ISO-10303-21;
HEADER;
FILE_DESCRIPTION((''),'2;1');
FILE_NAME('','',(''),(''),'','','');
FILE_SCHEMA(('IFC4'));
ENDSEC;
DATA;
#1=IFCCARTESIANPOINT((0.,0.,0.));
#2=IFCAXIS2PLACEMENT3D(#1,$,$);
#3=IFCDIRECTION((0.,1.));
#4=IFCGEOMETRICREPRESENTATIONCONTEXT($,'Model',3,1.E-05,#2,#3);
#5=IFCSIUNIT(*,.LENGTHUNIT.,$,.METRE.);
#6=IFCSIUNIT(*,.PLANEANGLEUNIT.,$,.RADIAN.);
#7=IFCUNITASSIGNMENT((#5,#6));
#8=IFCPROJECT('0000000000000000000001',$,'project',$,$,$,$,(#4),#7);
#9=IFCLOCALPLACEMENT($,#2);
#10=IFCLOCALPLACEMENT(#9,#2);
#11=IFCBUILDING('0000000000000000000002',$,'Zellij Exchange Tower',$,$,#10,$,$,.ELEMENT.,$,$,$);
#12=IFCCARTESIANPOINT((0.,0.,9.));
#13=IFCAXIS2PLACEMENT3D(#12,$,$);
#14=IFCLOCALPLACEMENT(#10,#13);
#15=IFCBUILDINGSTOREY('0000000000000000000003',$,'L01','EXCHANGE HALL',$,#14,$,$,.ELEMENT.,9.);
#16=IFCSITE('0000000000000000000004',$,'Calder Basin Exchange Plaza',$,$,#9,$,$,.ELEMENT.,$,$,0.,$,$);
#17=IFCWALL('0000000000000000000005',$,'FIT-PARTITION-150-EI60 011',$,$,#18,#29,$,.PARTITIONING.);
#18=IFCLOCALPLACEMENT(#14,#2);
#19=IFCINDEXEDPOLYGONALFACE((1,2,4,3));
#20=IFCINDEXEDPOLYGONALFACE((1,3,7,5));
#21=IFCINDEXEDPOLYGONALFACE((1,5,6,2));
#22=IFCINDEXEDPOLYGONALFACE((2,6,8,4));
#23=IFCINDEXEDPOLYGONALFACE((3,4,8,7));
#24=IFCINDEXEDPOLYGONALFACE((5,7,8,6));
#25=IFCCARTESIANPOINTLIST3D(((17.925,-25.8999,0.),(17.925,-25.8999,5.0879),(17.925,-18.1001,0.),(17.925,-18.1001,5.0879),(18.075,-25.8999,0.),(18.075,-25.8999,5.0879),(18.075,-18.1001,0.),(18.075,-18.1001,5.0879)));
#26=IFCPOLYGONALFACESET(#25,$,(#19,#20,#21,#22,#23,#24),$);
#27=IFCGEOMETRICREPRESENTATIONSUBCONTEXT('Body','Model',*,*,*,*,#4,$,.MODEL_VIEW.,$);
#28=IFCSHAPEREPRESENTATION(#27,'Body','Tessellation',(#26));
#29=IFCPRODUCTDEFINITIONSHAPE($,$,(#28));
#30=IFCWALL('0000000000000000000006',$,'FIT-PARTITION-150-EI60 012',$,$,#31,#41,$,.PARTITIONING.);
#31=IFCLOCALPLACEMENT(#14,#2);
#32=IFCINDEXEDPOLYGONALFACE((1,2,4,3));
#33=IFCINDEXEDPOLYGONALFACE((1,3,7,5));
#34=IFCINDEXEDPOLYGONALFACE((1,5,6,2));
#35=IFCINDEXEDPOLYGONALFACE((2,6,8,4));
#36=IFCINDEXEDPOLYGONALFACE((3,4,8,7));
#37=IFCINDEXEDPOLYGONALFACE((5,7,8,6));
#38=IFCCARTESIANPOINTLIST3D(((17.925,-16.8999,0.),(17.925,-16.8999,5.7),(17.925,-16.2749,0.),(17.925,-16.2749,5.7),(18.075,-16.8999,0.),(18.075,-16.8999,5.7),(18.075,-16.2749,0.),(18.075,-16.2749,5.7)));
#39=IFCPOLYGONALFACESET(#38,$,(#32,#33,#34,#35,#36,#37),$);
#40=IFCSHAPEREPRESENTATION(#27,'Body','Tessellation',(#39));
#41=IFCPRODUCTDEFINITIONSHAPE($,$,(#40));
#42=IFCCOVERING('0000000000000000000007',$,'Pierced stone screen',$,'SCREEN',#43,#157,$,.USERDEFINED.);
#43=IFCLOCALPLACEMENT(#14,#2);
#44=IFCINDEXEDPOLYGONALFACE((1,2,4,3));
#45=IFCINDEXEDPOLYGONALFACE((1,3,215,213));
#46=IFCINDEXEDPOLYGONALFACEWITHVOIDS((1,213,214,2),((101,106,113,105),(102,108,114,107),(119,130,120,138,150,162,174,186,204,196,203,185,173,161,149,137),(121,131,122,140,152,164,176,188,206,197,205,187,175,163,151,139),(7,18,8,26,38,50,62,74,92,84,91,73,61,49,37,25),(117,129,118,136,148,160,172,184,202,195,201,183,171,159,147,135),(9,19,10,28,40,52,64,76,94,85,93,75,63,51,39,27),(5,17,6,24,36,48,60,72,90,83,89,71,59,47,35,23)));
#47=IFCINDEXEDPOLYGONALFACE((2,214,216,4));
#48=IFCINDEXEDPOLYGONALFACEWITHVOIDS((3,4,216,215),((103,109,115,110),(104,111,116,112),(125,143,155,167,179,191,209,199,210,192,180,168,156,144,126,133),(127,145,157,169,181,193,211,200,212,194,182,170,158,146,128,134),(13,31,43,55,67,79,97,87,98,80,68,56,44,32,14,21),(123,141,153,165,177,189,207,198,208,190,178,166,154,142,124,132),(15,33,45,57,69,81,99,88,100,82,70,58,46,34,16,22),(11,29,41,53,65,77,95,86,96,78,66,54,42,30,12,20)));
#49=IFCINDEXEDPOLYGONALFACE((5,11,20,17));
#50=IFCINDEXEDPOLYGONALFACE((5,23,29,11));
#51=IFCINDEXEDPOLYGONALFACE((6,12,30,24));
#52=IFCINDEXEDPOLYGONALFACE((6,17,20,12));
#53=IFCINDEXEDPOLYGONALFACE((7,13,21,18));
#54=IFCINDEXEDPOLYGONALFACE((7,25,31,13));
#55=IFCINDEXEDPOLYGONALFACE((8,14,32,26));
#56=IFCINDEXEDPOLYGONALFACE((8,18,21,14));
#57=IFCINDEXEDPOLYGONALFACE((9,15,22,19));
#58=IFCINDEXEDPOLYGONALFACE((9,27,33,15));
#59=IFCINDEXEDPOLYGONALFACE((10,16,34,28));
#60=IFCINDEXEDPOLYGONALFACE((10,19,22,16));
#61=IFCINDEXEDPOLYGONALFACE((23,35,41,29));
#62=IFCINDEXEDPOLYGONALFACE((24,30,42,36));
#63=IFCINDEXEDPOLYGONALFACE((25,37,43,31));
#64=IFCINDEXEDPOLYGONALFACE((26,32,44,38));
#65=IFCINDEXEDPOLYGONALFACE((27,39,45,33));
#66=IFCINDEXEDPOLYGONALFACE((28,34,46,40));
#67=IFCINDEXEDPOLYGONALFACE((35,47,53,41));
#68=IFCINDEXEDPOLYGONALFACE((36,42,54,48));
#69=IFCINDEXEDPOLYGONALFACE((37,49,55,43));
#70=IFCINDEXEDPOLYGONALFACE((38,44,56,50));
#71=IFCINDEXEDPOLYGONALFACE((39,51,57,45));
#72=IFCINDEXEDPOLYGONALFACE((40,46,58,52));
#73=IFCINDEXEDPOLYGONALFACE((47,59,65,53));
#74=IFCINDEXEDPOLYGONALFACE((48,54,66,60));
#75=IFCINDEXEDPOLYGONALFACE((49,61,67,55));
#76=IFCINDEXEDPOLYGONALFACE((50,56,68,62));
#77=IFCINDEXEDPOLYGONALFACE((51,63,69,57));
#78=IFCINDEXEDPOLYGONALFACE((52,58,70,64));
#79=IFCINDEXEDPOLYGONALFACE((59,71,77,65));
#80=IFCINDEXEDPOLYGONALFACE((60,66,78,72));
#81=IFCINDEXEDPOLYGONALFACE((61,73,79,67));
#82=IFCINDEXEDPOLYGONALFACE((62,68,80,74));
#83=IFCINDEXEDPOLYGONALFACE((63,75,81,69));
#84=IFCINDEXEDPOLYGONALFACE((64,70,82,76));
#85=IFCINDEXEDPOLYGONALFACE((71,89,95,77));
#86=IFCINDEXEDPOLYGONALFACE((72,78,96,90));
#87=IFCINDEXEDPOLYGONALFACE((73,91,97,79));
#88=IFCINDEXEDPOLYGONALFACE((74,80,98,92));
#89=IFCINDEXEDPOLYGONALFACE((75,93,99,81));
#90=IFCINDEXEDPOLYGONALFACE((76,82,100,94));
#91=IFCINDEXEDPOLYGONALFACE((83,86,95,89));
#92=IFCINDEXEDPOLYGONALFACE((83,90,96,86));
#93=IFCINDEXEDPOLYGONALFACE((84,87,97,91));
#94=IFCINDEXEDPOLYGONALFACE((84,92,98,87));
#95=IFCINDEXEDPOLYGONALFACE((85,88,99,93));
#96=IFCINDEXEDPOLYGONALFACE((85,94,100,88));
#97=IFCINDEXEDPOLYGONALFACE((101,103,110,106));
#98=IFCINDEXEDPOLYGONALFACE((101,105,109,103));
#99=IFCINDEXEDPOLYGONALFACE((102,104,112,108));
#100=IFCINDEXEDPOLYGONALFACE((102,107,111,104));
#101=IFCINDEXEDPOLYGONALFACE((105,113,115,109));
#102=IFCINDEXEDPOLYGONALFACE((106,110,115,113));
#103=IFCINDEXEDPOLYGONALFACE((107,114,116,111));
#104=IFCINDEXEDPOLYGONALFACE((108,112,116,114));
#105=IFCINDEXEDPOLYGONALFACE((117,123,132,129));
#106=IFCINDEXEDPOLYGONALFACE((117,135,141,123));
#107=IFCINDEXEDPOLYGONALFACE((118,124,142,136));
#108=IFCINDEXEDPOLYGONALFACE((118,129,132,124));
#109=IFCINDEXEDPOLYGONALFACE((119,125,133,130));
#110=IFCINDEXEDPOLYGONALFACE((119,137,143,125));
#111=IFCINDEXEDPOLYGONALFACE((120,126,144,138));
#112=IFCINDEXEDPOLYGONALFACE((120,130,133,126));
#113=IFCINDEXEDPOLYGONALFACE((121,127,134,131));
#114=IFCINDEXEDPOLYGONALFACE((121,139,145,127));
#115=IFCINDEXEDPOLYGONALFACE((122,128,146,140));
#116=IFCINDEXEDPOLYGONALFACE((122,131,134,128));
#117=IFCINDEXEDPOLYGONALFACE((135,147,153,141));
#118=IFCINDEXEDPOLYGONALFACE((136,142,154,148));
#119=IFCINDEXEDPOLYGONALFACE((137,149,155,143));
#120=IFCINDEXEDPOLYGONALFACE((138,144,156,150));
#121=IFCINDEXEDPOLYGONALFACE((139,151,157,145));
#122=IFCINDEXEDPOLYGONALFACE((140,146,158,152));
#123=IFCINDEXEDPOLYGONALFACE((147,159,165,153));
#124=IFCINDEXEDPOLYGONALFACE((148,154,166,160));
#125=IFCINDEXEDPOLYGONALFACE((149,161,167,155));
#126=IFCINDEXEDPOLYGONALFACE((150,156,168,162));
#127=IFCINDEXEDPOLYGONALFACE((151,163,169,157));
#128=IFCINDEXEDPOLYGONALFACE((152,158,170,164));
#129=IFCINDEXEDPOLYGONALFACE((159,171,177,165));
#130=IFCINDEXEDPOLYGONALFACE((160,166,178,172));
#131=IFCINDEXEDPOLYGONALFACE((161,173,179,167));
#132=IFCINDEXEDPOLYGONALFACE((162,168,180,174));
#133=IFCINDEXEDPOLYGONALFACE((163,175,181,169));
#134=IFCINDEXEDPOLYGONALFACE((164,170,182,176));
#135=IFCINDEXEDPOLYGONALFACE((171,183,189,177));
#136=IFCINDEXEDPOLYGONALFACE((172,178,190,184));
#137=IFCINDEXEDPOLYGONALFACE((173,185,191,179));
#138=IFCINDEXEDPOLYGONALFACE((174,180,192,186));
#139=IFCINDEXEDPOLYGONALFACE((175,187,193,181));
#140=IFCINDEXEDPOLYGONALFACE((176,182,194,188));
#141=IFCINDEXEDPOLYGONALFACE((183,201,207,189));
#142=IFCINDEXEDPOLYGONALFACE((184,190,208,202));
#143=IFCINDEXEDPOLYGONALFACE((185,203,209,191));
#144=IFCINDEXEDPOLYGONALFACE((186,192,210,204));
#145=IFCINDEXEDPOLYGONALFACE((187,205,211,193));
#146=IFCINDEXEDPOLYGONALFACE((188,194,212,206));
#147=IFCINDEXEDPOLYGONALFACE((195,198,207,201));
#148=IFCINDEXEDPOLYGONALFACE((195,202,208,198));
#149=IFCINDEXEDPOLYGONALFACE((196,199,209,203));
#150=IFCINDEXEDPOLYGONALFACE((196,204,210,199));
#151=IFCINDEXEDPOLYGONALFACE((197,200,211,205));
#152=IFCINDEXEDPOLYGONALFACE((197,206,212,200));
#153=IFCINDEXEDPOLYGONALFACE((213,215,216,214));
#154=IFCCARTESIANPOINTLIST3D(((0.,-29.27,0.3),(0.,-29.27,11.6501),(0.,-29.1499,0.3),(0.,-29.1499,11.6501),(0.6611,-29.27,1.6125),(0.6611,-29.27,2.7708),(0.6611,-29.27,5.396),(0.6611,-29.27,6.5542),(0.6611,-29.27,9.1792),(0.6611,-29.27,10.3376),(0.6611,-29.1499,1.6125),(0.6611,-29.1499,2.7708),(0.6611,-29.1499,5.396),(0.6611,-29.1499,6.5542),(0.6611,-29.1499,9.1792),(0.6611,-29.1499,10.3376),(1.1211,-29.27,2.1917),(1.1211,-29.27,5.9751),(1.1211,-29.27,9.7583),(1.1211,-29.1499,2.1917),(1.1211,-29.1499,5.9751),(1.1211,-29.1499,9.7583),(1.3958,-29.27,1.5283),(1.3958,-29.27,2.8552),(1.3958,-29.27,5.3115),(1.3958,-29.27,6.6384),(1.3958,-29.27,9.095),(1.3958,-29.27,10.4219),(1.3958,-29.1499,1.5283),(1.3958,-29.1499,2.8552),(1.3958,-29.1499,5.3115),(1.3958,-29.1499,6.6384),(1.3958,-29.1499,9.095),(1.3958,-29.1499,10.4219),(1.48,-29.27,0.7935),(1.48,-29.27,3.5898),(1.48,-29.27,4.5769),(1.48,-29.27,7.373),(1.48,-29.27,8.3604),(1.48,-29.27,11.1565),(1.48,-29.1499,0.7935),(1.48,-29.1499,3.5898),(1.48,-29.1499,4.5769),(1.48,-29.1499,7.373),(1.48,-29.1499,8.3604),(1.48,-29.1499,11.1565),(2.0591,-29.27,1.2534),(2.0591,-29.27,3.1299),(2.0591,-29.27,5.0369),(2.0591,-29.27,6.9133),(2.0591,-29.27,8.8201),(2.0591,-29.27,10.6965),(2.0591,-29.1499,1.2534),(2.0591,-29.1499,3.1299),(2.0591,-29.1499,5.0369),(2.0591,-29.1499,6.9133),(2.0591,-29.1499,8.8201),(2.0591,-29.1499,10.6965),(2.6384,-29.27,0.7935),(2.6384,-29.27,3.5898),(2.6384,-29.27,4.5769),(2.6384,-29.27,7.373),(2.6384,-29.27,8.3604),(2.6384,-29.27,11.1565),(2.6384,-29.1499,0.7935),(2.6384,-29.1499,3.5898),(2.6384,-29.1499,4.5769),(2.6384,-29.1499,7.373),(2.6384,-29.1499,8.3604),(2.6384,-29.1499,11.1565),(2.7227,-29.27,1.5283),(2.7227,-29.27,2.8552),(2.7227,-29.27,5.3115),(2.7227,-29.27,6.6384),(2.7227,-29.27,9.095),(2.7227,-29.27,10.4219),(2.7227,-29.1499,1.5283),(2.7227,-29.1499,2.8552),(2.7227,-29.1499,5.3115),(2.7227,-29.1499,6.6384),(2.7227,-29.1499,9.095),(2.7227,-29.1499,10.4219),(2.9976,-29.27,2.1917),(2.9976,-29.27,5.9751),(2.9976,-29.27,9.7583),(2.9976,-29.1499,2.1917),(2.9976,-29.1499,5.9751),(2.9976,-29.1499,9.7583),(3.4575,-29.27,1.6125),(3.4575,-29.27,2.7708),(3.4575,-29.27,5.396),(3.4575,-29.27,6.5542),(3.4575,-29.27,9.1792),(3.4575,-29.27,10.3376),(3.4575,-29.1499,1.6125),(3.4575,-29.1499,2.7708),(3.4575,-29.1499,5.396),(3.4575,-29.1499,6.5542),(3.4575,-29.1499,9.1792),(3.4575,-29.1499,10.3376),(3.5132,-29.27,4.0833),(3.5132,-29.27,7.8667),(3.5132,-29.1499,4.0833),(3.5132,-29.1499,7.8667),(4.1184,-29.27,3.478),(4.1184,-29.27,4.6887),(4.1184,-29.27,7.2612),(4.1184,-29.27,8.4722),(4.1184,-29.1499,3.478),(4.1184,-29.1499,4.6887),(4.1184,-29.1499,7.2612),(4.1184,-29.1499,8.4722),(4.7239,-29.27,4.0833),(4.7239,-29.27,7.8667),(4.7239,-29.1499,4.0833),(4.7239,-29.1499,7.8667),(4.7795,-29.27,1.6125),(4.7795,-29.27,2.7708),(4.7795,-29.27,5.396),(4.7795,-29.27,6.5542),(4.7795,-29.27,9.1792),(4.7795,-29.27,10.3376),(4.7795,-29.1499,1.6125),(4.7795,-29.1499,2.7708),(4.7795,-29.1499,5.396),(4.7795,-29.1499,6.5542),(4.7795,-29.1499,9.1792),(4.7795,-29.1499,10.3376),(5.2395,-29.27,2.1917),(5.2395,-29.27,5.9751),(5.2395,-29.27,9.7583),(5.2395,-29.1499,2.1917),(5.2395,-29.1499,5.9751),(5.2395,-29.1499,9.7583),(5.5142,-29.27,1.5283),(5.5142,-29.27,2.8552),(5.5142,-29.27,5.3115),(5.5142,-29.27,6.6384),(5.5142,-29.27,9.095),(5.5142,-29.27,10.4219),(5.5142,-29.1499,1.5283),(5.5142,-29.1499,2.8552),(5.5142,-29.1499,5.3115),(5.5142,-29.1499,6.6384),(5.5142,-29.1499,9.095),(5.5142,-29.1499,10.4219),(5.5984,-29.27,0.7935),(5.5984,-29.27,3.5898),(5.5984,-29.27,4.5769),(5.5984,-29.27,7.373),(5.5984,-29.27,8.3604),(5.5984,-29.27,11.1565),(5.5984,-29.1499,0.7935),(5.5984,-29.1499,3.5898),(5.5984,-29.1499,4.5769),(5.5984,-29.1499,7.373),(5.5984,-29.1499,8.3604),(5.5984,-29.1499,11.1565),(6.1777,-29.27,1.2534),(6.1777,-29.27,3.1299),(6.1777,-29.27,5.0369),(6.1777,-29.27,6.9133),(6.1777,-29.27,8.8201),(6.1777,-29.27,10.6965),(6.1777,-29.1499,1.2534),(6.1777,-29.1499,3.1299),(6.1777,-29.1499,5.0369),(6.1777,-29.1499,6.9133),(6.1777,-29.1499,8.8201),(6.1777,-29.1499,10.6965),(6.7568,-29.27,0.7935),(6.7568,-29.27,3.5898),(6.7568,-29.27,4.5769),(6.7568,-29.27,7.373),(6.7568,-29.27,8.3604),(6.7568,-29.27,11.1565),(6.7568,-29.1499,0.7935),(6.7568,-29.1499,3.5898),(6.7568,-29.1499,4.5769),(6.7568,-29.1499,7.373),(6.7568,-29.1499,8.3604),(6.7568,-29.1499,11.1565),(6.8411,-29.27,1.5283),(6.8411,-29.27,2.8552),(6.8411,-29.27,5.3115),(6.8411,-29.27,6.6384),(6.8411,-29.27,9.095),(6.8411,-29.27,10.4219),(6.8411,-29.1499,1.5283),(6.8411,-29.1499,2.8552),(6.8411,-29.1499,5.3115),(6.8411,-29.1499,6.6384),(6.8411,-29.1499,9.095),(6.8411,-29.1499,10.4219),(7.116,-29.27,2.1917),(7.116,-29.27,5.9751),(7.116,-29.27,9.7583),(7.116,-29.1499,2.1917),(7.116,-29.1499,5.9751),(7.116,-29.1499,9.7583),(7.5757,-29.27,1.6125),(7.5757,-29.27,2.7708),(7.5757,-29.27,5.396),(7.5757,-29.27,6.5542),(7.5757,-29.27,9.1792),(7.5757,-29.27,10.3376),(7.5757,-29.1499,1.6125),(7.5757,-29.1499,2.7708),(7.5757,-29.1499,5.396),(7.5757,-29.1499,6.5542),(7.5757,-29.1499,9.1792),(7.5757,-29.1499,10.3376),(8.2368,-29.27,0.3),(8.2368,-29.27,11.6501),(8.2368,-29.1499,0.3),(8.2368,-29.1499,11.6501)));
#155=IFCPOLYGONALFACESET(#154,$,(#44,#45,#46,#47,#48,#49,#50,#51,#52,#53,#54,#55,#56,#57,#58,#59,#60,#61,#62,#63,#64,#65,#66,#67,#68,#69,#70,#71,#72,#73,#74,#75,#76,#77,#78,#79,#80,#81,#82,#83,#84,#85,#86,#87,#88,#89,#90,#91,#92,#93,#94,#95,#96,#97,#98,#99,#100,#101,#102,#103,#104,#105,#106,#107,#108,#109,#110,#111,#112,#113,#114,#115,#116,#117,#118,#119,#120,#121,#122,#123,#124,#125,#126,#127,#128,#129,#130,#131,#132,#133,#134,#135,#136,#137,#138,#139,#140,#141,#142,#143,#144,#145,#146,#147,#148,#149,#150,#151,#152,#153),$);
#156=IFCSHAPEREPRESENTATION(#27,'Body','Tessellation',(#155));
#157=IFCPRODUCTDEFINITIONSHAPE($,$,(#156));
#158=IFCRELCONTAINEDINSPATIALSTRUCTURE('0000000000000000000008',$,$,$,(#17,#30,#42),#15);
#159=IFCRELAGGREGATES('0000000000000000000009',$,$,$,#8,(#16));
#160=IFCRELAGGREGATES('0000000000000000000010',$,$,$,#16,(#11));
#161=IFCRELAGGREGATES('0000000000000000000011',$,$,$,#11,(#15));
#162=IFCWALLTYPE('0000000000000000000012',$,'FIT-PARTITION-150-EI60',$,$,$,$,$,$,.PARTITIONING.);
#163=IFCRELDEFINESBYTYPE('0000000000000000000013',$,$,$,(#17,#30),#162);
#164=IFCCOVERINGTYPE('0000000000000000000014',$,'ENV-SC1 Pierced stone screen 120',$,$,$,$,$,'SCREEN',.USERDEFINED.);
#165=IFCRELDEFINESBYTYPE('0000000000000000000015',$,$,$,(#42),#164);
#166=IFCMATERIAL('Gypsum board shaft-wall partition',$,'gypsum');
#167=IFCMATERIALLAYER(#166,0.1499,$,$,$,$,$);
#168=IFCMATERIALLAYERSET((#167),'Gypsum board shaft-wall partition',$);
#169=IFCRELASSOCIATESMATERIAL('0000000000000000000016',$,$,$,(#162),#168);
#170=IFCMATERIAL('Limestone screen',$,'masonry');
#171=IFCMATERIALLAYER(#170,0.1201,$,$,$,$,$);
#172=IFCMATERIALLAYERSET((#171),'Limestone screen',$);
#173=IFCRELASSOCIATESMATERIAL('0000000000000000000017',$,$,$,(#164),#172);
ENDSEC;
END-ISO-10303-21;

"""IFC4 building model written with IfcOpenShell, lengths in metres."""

from ifc_helpers import new_model, si_unit, direction, frame, frame_2d, origin, place, context, subcontext, project, spatial, polyline, rectangle, outline, extrude, material, layer, layer_set, type_object, element, save


model = new_model("IFC4")

# Units and contexts
model_context = context("Model", 3, precision=1e-05, world=origin(), true_north=direction((0.0, 1.0)))
body_context = subcontext(model_context, "Body", "Model", "MODEL_VIEW")
ifc_project = project(units=[si_unit("LENGTHUNIT", "METRE"), si_unit("PLANEANGLEUNIT", "RADIAN")], contexts=[model_context])

# Site, building, storey
site_placement = place(None, origin())
site = spatial("IfcSite", under=ifc_project, at=site_placement, Name="Calder Basin Exchange Plaza", CompositionType="ELEMENT", RefElevation=0.0)
building_placement = place(site_placement, origin())
building = spatial("IfcBuilding", under=site, at=building_placement, Name="Zellij Exchange Tower", CompositionType="ELEMENT")
storey_placement = place(building_placement, frame((0.0, 0.0, 9.0)))
storey = spatial("IfcBuildingStorey", under=building, at=storey_placement, Name="L01", Description="EXCHANGE HALL", CompositionType="ELEMENT", Elevation=9.0)

# Walls
ifc_material_1 = material(Name="Gypsum board shaft-wall partition", Category="gypsum")
ifc_layer_1 = layer(ifc_material_1, 0.1499)
ifc_layer_set_1 = layer_set([ifc_layer_1], Name="Gypsum board shaft-wall partition")
wall_type = type_object("IfcWallType", Name="FIT-PARTITION-150-EI60", PredefinedType="PARTITIONING", material=ifc_layer_set_1)
wall_1_placement = place(storey_placement, frame((18.0, -25.8999, 0.0), z_axis=(0.0, 0.0, 1.0), x_axis=(0.0, 1.0, 0.0)))
element("IfcWall", 1, at=wall_1_placement, inside=storey, type_object=wall_type, Name="FIT-PARTITION-150-EI60 011", PredefinedType="PARTITIONING", context=body_context, shape_type="SweptSolid", body=[
    extrude(rectangle(XDim=7.7998, YDim=0.1499, at=frame_2d((3.8999, 0.0))), origin(), (0.0, 0.0, 1.0), 5.0879),
])
wall_2_placement = place(storey_placement, frame((18.0, -16.8999, 0.0), z_axis=(0.0, 0.0, 1.0), x_axis=(0.0, 1.0, 0.0)))
element("IfcWall", 2, at=wall_2_placement, inside=storey, type_object=wall_type, Name="FIT-PARTITION-150-EI60 012", PredefinedType="PARTITIONING", context=body_context, shape_type="SweptSolid", body=[
    extrude(rectangle(XDim=0.625, YDim=0.1499, at=frame_2d((0.3125, 0.0))), origin(), (0.0, 0.0, 1.0), 5.7),
])

# Covering
ifc_material_2 = material(Name="Limestone screen", Category="masonry")
ifc_layer_2 = layer(ifc_material_2, 0.1201)
ifc_layer_set_2 = layer_set([ifc_layer_2], Name="Limestone screen")
covering_type = type_object("IfcCoveringType", Name="ENV-SC1 Pierced stone screen 120", ElementType="SCREEN", PredefinedType="USERDEFINED", material=ifc_layer_set_2)
covering_1_placement = place(storey_placement, frame((0.0, -29.21, 0.3), z_axis=(0.0, 0.0, 1.0), x_axis=(1.0, 0.0, 0.0)))
element("IfcCovering", 3, at=covering_1_placement, inside=storey, type_object=covering_type, Name="Pierced stone screen", ObjectType="SCREEN", PredefinedType="USERDEFINED", context=body_context, shape_type="SweptSolid", body=[
    extrude(outline(polyline([(0.0, 0.0), (8.2368, 0.0), (8.2368, 11.3501), (0.0, 11.3501), (0.0, 0.0)]), holes=[polyline([(3.4575, 2.4707), (2.7227, 2.5552), (2.6384, 3.2898), (2.0591, 2.8298), (1.48, 3.2898), (1.3958, 2.5552), (0.6611, 2.4707), (1.1211, 1.8916), (0.6611, 1.3125), (1.3958, 1.2283), (1.48, 0.4934), (2.0591, 0.9534), (2.6384, 0.4934), (2.7227, 1.2283), (3.4575, 1.3125), (2.9976, 1.8916), (3.4575, 2.4707)]), polyline([(3.4575, 6.2542), (2.7227, 6.3384), (2.6384, 7.073), (2.0591, 6.6133), (1.48, 7.073), (1.3958, 6.3384), (0.6611, 6.2542), (1.1211, 5.675), (0.6611, 5.0959), (1.3958, 5.0115), (1.48, 4.2769), (2.0591, 4.7368), (2.6384, 4.2769), (2.7227, 5.0115), (3.4575, 5.0959), (2.9976, 5.675), (3.4575, 6.2542)]), polyline([(3.4575, 10.0376), (2.7227, 10.1218), (2.6384, 10.8564), (2.0591, 10.3965), (1.48, 10.8564), (1.3958, 10.1218), (0.6611, 10.0376), (1.1211, 9.4583), (0.6611, 8.8792), (1.3958, 8.7949), (1.48, 8.0603), (2.0591, 8.52), (2.6384, 8.0603), (2.7227, 8.7949), (3.4575, 8.8792), (2.9976, 9.4583), (3.4575, 10.0376)]), polyline([(7.5757, 2.4707), (6.8411, 2.5552), (6.7568, 3.2898), (6.1777, 2.8298), (5.5984, 3.2898), (5.5142, 2.5552), (4.7795, 2.4707), (5.2395, 1.8916), (4.7795, 1.3125), (5.5142, 1.2283), (5.5984, 0.4934), (6.1777, 0.9534), (6.7568, 0.4934), (6.8411, 1.2283), (7.5757, 1.3125), (7.116, 1.8916), (7.5757, 2.4707)]), polyline([(7.5757, 6.2542), (6.8411, 6.3384), (6.7568, 7.073), (6.1777, 6.6133), (5.5984, 7.073), (5.5142, 6.3384), (4.7795, 6.2542), (5.2395, 5.675), (4.7795, 5.0959), (5.5142, 5.0115), (5.5984, 4.2769), (6.1777, 4.7368), (6.7568, 4.2769), (6.8411, 5.0115), (7.5757, 5.0959), (7.116, 5.675), (7.5757, 6.2542)]), polyline([(7.5757, 10.0376), (6.8411, 10.1218), (6.7568, 10.8564), (6.1777, 10.3965), (5.5984, 10.8564), (5.5142, 10.1218), (4.7795, 10.0376), (5.2395, 9.4583), (4.7795, 8.8792), (5.5142, 8.7949), (5.5984, 8.0603), (6.1777, 8.52), (6.7568, 8.0603), (6.8411, 8.7949), (7.5757, 8.8792), (7.116, 9.4583), (7.5757, 10.0376)]), polyline([(4.7239, 3.7832), (4.1184, 4.3887), (3.5132, 3.7832), (4.1184, 3.178), (4.7239, 3.7832)]), polyline([(4.7239, 7.5667), (4.1184, 8.1721), (3.5132, 7.5667), (4.1184, 6.9612), (4.7239, 7.5667)])]), frame((0.0, 0.0601, 0.0), z_axis=(0.0, -1.0, 0.0), x_axis=(1.0, 0.0, 0.0)), (0.0, 0.0, 1.0), 0.1201),
])

save(model, "model.ifc")
